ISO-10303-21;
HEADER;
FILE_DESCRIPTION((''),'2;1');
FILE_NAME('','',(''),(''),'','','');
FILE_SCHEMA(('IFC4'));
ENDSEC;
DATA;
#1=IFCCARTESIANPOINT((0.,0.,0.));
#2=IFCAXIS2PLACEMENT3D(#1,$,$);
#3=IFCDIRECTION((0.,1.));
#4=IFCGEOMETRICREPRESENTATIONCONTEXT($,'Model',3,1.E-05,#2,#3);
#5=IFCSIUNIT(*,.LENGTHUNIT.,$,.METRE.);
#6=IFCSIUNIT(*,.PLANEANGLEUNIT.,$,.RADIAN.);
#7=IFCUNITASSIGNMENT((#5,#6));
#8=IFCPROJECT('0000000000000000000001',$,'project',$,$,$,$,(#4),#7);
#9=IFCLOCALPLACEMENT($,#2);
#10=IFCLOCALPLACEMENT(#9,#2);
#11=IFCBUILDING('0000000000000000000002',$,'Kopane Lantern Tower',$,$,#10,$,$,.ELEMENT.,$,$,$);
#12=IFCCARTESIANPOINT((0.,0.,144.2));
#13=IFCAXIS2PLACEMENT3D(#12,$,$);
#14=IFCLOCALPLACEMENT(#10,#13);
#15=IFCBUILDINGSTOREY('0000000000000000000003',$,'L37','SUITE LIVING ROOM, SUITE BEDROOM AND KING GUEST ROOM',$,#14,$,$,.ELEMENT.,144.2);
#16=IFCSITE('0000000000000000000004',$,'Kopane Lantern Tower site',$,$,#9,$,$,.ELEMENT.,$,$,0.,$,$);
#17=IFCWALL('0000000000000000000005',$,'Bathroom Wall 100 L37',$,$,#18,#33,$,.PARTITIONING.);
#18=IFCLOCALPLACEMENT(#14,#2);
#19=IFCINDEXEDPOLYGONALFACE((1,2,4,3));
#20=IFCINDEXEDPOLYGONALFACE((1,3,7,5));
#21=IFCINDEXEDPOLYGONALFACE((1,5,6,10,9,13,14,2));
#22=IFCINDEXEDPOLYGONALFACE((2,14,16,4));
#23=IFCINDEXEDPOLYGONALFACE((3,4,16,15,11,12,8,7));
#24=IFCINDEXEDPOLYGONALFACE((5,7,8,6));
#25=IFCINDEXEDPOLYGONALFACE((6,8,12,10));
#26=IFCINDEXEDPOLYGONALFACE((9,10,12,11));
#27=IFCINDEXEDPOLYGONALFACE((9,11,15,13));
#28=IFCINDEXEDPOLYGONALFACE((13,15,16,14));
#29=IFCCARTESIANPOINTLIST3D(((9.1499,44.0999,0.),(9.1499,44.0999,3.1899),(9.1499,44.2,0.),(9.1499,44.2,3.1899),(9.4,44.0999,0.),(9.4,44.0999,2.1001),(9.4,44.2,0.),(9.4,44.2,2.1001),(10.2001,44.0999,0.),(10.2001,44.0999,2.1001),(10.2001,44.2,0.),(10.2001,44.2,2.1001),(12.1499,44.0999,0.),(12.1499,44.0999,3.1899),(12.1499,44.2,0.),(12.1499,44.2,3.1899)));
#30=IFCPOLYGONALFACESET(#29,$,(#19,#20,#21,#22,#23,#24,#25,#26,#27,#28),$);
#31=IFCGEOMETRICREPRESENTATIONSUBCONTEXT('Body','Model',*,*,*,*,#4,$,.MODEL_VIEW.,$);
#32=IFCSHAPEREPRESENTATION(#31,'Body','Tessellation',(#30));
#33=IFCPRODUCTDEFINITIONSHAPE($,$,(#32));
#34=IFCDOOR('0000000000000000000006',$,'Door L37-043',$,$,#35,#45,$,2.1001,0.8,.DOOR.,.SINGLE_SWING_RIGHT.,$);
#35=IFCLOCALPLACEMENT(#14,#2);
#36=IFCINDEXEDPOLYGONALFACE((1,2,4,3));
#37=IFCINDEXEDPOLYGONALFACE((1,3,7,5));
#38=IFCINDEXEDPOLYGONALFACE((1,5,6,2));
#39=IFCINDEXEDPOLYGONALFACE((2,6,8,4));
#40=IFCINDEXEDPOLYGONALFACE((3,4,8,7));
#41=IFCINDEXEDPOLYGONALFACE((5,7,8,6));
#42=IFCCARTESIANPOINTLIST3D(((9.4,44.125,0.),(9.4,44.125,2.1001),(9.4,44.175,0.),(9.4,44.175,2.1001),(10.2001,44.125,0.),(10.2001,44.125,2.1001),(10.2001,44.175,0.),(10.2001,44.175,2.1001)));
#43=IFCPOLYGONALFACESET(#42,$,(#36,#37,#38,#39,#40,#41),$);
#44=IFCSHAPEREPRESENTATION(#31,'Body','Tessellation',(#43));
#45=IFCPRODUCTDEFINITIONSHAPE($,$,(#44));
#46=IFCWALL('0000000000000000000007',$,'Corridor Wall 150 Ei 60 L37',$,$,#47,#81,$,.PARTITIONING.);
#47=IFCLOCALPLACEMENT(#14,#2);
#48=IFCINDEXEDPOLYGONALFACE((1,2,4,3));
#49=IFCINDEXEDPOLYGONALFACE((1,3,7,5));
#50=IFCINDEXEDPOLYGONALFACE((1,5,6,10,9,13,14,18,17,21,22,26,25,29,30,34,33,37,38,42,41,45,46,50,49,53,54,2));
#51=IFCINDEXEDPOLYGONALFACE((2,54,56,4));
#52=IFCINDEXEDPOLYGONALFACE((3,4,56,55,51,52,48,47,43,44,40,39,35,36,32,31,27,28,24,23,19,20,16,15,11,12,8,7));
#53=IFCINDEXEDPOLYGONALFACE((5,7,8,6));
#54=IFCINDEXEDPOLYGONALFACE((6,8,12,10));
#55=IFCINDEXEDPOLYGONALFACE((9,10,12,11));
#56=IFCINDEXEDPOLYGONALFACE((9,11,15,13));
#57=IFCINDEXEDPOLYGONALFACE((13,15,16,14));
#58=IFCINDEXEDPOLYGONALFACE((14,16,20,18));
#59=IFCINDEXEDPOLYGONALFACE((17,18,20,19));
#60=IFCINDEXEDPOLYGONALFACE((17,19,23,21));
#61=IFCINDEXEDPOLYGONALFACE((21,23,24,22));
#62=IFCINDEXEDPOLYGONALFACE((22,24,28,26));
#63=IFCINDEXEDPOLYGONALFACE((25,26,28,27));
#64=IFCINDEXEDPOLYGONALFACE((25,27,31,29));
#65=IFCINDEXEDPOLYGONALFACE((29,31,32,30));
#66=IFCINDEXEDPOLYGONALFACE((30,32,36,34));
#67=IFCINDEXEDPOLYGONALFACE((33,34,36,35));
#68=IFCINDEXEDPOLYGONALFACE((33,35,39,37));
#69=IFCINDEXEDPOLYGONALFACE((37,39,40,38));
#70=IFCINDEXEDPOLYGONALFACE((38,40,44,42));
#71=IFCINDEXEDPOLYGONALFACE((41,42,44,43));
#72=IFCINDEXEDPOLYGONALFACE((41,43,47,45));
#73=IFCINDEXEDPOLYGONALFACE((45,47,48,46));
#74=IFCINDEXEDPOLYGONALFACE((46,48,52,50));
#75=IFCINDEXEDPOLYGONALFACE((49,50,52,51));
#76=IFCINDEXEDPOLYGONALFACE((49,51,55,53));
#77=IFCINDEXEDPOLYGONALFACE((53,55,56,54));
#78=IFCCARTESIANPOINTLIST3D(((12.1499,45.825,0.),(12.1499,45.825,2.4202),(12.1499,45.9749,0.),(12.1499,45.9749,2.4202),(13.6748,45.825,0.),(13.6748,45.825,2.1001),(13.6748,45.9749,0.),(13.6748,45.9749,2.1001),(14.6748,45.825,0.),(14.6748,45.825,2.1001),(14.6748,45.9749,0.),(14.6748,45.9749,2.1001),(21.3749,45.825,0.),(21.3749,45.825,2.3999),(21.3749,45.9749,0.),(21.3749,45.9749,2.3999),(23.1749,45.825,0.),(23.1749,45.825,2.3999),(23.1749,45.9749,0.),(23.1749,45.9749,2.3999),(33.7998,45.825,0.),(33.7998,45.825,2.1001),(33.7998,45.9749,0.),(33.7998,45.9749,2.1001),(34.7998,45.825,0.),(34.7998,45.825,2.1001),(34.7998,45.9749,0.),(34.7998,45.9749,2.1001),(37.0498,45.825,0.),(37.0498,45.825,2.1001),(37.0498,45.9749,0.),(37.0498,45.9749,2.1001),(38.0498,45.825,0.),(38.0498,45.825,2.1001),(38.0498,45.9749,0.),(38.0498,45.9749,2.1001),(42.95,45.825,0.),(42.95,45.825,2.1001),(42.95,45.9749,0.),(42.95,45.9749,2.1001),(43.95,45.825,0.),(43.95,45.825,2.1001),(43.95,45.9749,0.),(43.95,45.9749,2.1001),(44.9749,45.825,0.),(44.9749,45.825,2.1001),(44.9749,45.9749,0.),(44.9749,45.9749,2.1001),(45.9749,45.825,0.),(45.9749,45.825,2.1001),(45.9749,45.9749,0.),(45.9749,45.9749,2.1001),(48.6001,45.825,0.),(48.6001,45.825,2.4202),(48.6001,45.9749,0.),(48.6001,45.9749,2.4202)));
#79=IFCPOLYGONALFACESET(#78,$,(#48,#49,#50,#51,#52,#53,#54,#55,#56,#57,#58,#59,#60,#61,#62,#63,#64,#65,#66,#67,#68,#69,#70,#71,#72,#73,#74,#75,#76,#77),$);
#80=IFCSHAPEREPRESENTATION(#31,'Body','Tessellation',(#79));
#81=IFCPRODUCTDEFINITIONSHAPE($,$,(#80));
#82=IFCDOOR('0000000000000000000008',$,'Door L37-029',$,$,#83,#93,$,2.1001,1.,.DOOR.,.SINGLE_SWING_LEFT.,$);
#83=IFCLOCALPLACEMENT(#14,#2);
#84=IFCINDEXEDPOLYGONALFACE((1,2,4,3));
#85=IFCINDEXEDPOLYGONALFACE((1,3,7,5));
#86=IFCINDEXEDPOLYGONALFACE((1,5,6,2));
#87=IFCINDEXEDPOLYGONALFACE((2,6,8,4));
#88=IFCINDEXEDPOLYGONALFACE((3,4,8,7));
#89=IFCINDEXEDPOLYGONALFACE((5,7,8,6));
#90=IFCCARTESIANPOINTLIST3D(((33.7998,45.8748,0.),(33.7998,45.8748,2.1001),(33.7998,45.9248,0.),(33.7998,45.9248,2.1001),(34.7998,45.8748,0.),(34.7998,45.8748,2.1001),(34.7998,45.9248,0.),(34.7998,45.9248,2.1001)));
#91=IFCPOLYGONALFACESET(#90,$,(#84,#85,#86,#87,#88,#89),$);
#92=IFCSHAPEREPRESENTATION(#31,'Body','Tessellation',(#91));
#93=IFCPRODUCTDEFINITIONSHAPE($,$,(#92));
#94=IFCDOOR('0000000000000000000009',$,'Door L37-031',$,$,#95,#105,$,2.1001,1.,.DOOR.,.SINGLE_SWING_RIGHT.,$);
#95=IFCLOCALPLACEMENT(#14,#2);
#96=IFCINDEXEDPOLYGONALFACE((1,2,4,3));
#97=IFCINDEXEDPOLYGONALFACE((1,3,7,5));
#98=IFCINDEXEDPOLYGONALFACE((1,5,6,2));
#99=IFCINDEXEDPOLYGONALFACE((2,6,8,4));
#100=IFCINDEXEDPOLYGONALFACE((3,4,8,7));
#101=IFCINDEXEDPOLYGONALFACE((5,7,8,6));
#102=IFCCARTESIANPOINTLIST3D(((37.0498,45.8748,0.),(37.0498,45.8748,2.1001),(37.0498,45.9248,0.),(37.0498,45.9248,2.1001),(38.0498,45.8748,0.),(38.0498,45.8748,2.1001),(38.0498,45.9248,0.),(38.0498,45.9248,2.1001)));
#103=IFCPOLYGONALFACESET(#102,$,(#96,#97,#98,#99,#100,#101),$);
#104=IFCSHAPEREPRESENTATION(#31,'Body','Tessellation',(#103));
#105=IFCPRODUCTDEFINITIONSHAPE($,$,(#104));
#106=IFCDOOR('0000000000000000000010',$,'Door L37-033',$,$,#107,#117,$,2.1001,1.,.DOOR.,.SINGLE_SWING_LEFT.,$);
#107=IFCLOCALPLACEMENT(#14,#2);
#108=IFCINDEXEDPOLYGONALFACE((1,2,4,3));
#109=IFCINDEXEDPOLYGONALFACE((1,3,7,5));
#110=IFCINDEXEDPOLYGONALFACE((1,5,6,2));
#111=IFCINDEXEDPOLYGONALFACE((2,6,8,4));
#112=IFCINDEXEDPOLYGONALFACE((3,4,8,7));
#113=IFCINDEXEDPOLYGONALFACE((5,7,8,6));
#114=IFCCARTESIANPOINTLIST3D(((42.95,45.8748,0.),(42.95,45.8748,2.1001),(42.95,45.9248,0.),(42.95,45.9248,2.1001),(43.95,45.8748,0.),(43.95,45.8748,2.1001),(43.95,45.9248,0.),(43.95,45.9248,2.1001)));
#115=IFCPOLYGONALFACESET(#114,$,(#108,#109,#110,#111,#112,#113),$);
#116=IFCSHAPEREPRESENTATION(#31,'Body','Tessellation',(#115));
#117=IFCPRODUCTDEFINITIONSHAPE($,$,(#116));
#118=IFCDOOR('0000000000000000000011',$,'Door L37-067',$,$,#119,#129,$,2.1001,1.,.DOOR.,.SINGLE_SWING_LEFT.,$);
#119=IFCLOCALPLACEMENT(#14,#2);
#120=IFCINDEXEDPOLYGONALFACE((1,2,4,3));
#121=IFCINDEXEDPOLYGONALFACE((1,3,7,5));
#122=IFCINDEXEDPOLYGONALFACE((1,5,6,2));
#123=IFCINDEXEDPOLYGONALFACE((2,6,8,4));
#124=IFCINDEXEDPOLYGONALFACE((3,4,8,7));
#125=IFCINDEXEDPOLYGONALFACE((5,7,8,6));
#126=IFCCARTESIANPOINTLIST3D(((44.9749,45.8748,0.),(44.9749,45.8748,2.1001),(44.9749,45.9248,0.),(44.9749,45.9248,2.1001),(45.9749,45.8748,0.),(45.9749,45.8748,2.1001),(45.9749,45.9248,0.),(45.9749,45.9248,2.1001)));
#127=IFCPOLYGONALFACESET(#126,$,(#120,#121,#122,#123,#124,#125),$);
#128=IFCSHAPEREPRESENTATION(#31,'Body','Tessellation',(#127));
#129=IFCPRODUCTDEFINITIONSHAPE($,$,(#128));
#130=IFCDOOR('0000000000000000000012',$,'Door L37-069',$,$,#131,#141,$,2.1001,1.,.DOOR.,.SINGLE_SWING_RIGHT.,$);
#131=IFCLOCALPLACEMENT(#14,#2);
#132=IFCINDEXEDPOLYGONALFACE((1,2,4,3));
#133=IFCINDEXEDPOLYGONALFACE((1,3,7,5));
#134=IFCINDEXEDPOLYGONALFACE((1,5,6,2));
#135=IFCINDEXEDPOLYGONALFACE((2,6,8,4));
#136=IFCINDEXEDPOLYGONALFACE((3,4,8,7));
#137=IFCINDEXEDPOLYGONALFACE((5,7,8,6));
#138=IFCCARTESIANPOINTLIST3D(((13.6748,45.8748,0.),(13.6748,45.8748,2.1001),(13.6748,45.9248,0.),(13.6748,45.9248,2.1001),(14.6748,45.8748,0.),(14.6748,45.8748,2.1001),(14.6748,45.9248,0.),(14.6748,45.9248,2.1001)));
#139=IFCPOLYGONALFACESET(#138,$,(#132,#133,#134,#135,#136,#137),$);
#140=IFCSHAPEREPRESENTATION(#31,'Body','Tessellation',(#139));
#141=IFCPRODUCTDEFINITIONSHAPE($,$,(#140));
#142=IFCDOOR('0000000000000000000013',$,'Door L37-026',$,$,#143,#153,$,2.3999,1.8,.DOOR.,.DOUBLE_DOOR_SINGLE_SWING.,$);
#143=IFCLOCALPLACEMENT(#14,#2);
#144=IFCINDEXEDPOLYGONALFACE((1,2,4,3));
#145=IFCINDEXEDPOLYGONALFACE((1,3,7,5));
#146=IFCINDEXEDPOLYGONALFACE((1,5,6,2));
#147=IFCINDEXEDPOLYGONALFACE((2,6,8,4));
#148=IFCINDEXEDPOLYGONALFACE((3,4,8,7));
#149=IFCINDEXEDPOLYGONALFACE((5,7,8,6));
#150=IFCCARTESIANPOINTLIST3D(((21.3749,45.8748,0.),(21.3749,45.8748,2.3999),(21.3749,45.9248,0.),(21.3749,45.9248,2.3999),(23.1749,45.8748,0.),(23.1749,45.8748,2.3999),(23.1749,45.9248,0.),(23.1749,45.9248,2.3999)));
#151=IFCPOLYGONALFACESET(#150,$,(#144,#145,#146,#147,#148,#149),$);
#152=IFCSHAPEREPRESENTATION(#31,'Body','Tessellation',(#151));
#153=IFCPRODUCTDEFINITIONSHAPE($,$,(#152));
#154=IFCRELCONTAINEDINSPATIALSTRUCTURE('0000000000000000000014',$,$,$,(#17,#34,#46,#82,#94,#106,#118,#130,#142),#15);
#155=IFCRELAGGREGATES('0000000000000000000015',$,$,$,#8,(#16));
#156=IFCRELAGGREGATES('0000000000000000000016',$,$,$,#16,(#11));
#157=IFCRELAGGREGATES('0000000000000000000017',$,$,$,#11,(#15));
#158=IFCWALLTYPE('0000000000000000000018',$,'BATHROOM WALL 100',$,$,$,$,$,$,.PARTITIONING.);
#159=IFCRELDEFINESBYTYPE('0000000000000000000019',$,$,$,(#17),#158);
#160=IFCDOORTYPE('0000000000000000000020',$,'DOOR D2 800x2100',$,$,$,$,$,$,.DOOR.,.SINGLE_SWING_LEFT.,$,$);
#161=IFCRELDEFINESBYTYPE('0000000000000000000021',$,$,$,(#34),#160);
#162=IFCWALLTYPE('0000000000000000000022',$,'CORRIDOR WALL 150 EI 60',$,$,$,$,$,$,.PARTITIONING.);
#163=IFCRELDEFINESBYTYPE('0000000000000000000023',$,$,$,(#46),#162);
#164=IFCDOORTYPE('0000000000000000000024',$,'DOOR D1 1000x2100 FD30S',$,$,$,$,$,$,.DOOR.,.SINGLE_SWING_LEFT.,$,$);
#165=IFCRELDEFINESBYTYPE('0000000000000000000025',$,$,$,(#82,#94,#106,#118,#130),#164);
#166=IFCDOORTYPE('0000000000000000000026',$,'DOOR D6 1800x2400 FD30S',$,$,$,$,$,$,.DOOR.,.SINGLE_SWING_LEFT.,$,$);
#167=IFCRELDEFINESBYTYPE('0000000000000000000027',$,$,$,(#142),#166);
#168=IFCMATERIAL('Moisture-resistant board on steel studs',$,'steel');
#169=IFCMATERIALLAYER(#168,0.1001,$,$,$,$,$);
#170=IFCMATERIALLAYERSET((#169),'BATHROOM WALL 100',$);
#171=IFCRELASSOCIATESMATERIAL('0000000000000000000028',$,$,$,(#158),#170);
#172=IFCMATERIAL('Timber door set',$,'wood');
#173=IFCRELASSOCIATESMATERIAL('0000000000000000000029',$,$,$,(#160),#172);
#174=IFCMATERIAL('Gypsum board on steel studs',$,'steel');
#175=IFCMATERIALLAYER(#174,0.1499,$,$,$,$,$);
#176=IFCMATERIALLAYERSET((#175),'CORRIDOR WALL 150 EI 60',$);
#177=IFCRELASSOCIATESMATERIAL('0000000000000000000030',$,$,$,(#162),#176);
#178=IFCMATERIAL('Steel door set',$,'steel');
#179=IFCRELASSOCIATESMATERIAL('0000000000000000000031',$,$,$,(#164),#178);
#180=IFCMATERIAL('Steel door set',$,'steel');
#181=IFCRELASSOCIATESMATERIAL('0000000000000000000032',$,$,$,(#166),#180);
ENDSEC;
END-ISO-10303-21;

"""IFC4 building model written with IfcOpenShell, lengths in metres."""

from ifc_helpers import new_model, si_unit, direction, frame, frame_2d, origin, place, context, subcontext, project, spatial, rectangle, extrude, material, layer, layer_set, type_object, element, fill, save


model = new_model("IFC4")

# Units and contexts
model_context = context("Model", 3, precision=1e-05, world=origin(), true_north=direction((0.0, 1.0)))
body_context = subcontext(model_context, "Body", "Model", "MODEL_VIEW")
ifc_project = project(units=[si_unit("LENGTHUNIT", "METRE"), si_unit("PLANEANGLEUNIT", "RADIAN")], contexts=[model_context])

# Site, building, storey
site_placement = place(None, origin())
site = spatial("IfcSite", under=ifc_project, at=site_placement, Name="Kopane Lantern Tower site", CompositionType="ELEMENT", RefElevation=0.0)
building_placement = place(site_placement, origin())
building = spatial("IfcBuilding", under=site, at=building_placement, Name="Kopane Lantern Tower", CompositionType="ELEMENT")
storey_placement = place(building_placement, frame((0.0, 0.0, 144.2)))
storey = spatial("IfcBuildingStorey", under=building, at=storey_placement, Name="L37", Description="SUITE LIVING ROOM, SUITE BEDROOM AND KING GUEST ROOM", CompositionType="ELEMENT", Elevation=144.2)

# Wall, opening, door
ifc_material_1 = material(Name="Moisture-resistant board on steel studs", Category="steel")
ifc_layer_1 = layer(ifc_material_1, 0.1001)
ifc_layer_set_1 = layer_set([ifc_layer_1], Name="BATHROOM WALL 100")
wall_type_1 = type_object("IfcWallType", Name="BATHROOM WALL 100", PredefinedType="PARTITIONING", material=ifc_layer_set_1)
wall_1_placement = place(storey_placement, frame((12.1499, 44.1499, 0.0), z_axis=(0.0, 0.0, 1.0), x_axis=(-1.0, 0.0, 0.0)))
wall_1 = element("IfcWall", 1, at=wall_1_placement, inside=storey, type_object=wall_type_1, Name="Bathroom Wall 100 L37", PredefinedType="PARTITIONING", context=body_context, shape_type="SweptSolid", body=[
    extrude(rectangle(XDim=3.0, YDim=0.1001, at=frame_2d((1.5, 0.0))), origin(), (0.0, 0.0, 1.0), 3.1899),
])
opening_1_placement = place(wall_1_placement, frame((1.95, 0.0, 0.0)))
opening_1 = element("IfcOpeningElement", 2, at=opening_1_placement, cuts=wall_1, PredefinedType="OPENING", context=body_context, shape_type="SweptSolid", body=[
    extrude(rectangle(XDim=0.8, YDim=2.1001, at=frame_2d((0.3999, 1.05))), frame((0.0, 0.0601, 0.0), z_axis=(0.0, -1.0, 0.0), x_axis=(1.0, 0.0, 0.0)), (0.0, 0.0, 1.0), 0.1201),
])
ifc_material_2 = material(Name="Timber door set", Category="wood")
door_type_1 = type_object("IfcDoorType", Name="DOOR D2 800x2100", OperationType="SINGLE_SWING_LEFT", PredefinedType="DOOR", material=ifc_material_2)
door_1_placement = place(opening_1_placement, origin())
door_1 = element("IfcDoor", 3, at=door_1_placement, inside=storey, type_object=door_type_1, Name="Door L37-043", OperationType="SINGLE_SWING_RIGHT", OverallHeight=2.1001, OverallWidth=0.8, PredefinedType="DOOR", context=body_context, shape_type="SweptSolid", body=[
    extrude(rectangle(XDim=0.8, YDim=2.1001, at=frame_2d((0.3999, 1.05))), frame((0.0, 0.0249, 0.0), z_axis=(0.0, -1.0, 0.0), x_axis=(1.0, 0.0, 0.0)), (0.0, 0.0, 1.0), 0.05),
])
fill(opening_1, door_1)

# Wall, openings, doors
ifc_material_3 = material(Name="Gypsum board on steel studs", Category="steel")
ifc_layer_2 = layer(ifc_material_3, 0.1499)
ifc_layer_set_2 = layer_set([ifc_layer_2], Name="CORRIDOR WALL 150 EI 60")
wall_type_2 = type_object("IfcWallType", Name="CORRIDOR WALL 150 EI 60", PredefinedType="PARTITIONING", material=ifc_layer_set_2)
wall_2_placement = place(storey_placement, frame((12.1499, 45.8999, 0.0), z_axis=(0.0, 0.0, 1.0), x_axis=(1.0, 0.0, 0.0)))
wall_2 = element("IfcWall", 4, at=wall_2_placement, inside=storey, type_object=wall_type_2, Name="Corridor Wall 150 Ei 60 L37", PredefinedType="PARTITIONING", context=body_context, shape_type="SweptSolid", body=[
    extrude(rectangle(XDim=36.4502, YDim=0.1499, at=frame_2d((18.2251, 0.0))), origin(), (0.0, 0.0, 1.0), 2.4202),
])
opening_2_placement = place(wall_2_placement, frame((9.2251, 0.0, 0.0)))
opening_2 = element("IfcOpeningElement", 5, at=opening_2_placement, cuts=wall_2, PredefinedType="OPENING", context=body_context, shape_type="SweptSolid", body=[
    extrude(rectangle(XDim=1.8, YDim=2.3999, at=frame_2d((0.8999, 1.2))), frame((0.0, 0.085, 0.0), z_axis=(0.0, -1.0, 0.0), x_axis=(1.0, 0.0, 0.0)), (0.0, 0.0, 1.0), 0.1699),
])
opening_3_placement = place(wall_2_placement, frame((21.6499, 0.0, 0.0)))
opening_3 = element("IfcOpeningElement", 6, at=opening_3_placement, cuts=wall_2, PredefinedType="OPENING", context=body_context, shape_type="SweptSolid", body=[
    extrude(rectangle(XDim=1.0, YDim=2.1001, at=frame_2d((0.5, 1.05))), frame((0.0, 0.085, 0.0), z_axis=(0.0, -1.0, 0.0), x_axis=(1.0, 0.0, 0.0)), (0.0, 0.0, 1.0), 0.1699),
])
opening_4_placement = place(wall_2_placement, frame((24.8999, 0.0, 0.0)))
opening_4 = element("IfcOpeningElement", 7, at=opening_4_placement, cuts=wall_2, PredefinedType="OPENING", context=body_context, shape_type="SweptSolid", body=[
    extrude(rectangle(XDim=1.0, YDim=2.1001, at=frame_2d((0.5, 1.05))), frame((0.0, 0.085, 0.0), z_axis=(0.0, -1.0, 0.0), x_axis=(1.0, 0.0, 0.0)), (0.0, 0.0, 1.0), 0.1699),
])
opening_5_placement = place(wall_2_placement, frame((30.8, 0.0, 0.0)))
opening_5 = element("IfcOpeningElement", 8, at=opening_5_placement, cuts=wall_2, PredefinedType="OPENING", context=body_context, shape_type="SweptSolid", body=[
    extrude(rectangle(XDim=1.0, YDim=2.1001, at=frame_2d((0.5, 1.05))), frame((0.0, 0.085, 0.0), z_axis=(0.0, -1.0, 0.0), x_axis=(1.0, 0.0, 0.0)), (0.0, 0.0, 1.0), 0.1699),
])
opening_6_placement = place(wall_2_placement, frame((32.825, 0.0, 0.0)))
opening_6 = element("IfcOpeningElement", 9, at=opening_6_placement, cuts=wall_2, PredefinedType="OPENING", context=body_context, shape_type="SweptSolid", body=[
    extrude(rectangle(XDim=1.0, YDim=2.1001, at=frame_2d((0.5, 1.05))), frame((0.0, 0.085, 0.0), z_axis=(0.0, -1.0, 0.0), x_axis=(1.0, 0.0, 0.0)), (0.0, 0.0, 1.0), 0.1699),
])
opening_7_placement = place(wall_2_placement, frame((1.5249, 0.0, 0.0)))
opening_7 = element("IfcOpeningElement", 10, at=opening_7_placement, cuts=wall_2, PredefinedType="OPENING", context=body_context, shape_type="SweptSolid", body=[
    extrude(rectangle(XDim=1.0, YDim=2.1001, at=frame_2d((0.5, 1.05))), frame((0.0, 0.085, 0.0), z_axis=(0.0, -1.0, 0.0), x_axis=(1.0, 0.0, 0.0)), (0.0, 0.0, 1.0), 0.1699),
])
ifc_material_4 = material(Name="Steel door set", Category="steel")
door_type_2 = type_object("IfcDoorType", Name="DOOR D1 1000x2100 FD30S", OperationType="SINGLE_SWING_LEFT", PredefinedType="DOOR", material=ifc_material_4)
door_2_placement = place(opening_3_placement, origin())
door_2 = element("IfcDoor", 11, at=door_2_placement, inside=storey, type_object=door_type_2, Name="Door L37-029", OperationType="SINGLE_SWING_LEFT", OverallHeight=2.1001, OverallWidth=1.0, PredefinedType="DOOR", context=body_context, shape_type="SweptSolid", body=[
    extrude(rectangle(XDim=1.0, YDim=2.1001, at=frame_2d((0.5, 1.05))), frame((0.0, 0.0249, 0.0), z_axis=(0.0, -1.0, 0.0), x_axis=(1.0, 0.0, 0.0)), (0.0, 0.0, 1.0), 0.05),
])
fill(opening_3, door_2)
door_3_placement = place(opening_4_placement, origin())
door_3 = element("IfcDoor", 12, at=door_3_placement, inside=storey, type_object=door_type_2, Name="Door L37-031", OperationType="SINGLE_SWING_RIGHT", OverallHeight=2.1001, OverallWidth=1.0, PredefinedType="DOOR", context=body_context, shape_type="SweptSolid", body=[
    extrude(rectangle(XDim=1.0, YDim=2.1001, at=frame_2d((0.5, 1.05))), frame((0.0, 0.0249, 0.0), z_axis=(0.0, -1.0, 0.0), x_axis=(1.0, 0.0, 0.0)), (0.0, 0.0, 1.0), 0.05),
])
fill(opening_4, door_3)
door_4_placement = place(opening_5_placement, origin())
door_4 = element("IfcDoor", 13, at=door_4_placement, inside=storey, type_object=door_type_2, Name="Door L37-033", OperationType="SINGLE_SWING_LEFT", OverallHeight=2.1001, OverallWidth=1.0, PredefinedType="DOOR", context=body_context, shape_type="SweptSolid", body=[
    extrude(rectangle(XDim=1.0, YDim=2.1001, at=frame_2d((0.5, 1.05))), frame((0.0, 0.0249, 0.0), z_axis=(0.0, -1.0, 0.0), x_axis=(1.0, 0.0, 0.0)), (0.0, 0.0, 1.0), 0.05),
])
fill(opening_5, door_4)
door_5_placement = place(opening_6_placement, origin())
door_5 = element("IfcDoor", 14, at=door_5_placement, inside=storey, type_object=door_type_2, Name="Door L37-067", OperationType="SINGLE_SWING_LEFT", OverallHeight=2.1001, OverallWidth=1.0, PredefinedType="DOOR", context=body_context, shape_type="SweptSolid", body=[
    extrude(rectangle(XDim=1.0, YDim=2.1001, at=frame_2d((0.5, 1.05))), frame((0.0, 0.0249, 0.0), z_axis=(0.0, -1.0, 0.0), x_axis=(1.0, 0.0, 0.0)), (0.0, 0.0, 1.0), 0.05),
])
fill(opening_6, door_5)
door_6_placement = place(opening_7_placement, origin())
door_6 = element("IfcDoor", 15, at=door_6_placement, inside=storey, type_object=door_type_2, Name="Door L37-069", OperationType="SINGLE_SWING_RIGHT", OverallHeight=2.1001, OverallWidth=1.0, PredefinedType="DOOR", context=body_context, shape_type="SweptSolid", body=[
    extrude(rectangle(XDim=1.0, YDim=2.1001, at=frame_2d((0.5, 1.05))), frame((0.0, 0.0249, 0.0), z_axis=(0.0, -1.0, 0.0), x_axis=(1.0, 0.0, 0.0)), (0.0, 0.0, 1.0), 0.05),
])
fill(opening_7, door_6)
ifc_material_5 = material(Name="Steel door set", Category="steel")
door_type_3 = type_object("IfcDoorType", Name="DOOR D6 1800x2400 FD30S", OperationType="SINGLE_SWING_LEFT", PredefinedType="DOOR", material=ifc_material_5)
door_7_placement = place(opening_2_placement, origin())
door_7 = element("IfcDoor", 16, at=door_7_placement, inside=storey, type_object=door_type_3, Name="Door L37-026", OperationType="DOUBLE_DOOR_SINGLE_SWING", OverallHeight=2.3999, OverallWidth=1.8, PredefinedType="DOOR", context=body_context, shape_type="SweptSolid", body=[
    extrude(rectangle(XDim=1.8, YDim=2.3999, at=frame_2d((0.8999, 1.2))), frame((0.0, 0.0249, 0.0), z_axis=(0.0, -1.0, 0.0), x_axis=(1.0, 0.0, 0.0)), (0.0, 0.0, 1.0), 0.05),
])
fill(opening_2, door_7)

save(model, "model.ifc")
